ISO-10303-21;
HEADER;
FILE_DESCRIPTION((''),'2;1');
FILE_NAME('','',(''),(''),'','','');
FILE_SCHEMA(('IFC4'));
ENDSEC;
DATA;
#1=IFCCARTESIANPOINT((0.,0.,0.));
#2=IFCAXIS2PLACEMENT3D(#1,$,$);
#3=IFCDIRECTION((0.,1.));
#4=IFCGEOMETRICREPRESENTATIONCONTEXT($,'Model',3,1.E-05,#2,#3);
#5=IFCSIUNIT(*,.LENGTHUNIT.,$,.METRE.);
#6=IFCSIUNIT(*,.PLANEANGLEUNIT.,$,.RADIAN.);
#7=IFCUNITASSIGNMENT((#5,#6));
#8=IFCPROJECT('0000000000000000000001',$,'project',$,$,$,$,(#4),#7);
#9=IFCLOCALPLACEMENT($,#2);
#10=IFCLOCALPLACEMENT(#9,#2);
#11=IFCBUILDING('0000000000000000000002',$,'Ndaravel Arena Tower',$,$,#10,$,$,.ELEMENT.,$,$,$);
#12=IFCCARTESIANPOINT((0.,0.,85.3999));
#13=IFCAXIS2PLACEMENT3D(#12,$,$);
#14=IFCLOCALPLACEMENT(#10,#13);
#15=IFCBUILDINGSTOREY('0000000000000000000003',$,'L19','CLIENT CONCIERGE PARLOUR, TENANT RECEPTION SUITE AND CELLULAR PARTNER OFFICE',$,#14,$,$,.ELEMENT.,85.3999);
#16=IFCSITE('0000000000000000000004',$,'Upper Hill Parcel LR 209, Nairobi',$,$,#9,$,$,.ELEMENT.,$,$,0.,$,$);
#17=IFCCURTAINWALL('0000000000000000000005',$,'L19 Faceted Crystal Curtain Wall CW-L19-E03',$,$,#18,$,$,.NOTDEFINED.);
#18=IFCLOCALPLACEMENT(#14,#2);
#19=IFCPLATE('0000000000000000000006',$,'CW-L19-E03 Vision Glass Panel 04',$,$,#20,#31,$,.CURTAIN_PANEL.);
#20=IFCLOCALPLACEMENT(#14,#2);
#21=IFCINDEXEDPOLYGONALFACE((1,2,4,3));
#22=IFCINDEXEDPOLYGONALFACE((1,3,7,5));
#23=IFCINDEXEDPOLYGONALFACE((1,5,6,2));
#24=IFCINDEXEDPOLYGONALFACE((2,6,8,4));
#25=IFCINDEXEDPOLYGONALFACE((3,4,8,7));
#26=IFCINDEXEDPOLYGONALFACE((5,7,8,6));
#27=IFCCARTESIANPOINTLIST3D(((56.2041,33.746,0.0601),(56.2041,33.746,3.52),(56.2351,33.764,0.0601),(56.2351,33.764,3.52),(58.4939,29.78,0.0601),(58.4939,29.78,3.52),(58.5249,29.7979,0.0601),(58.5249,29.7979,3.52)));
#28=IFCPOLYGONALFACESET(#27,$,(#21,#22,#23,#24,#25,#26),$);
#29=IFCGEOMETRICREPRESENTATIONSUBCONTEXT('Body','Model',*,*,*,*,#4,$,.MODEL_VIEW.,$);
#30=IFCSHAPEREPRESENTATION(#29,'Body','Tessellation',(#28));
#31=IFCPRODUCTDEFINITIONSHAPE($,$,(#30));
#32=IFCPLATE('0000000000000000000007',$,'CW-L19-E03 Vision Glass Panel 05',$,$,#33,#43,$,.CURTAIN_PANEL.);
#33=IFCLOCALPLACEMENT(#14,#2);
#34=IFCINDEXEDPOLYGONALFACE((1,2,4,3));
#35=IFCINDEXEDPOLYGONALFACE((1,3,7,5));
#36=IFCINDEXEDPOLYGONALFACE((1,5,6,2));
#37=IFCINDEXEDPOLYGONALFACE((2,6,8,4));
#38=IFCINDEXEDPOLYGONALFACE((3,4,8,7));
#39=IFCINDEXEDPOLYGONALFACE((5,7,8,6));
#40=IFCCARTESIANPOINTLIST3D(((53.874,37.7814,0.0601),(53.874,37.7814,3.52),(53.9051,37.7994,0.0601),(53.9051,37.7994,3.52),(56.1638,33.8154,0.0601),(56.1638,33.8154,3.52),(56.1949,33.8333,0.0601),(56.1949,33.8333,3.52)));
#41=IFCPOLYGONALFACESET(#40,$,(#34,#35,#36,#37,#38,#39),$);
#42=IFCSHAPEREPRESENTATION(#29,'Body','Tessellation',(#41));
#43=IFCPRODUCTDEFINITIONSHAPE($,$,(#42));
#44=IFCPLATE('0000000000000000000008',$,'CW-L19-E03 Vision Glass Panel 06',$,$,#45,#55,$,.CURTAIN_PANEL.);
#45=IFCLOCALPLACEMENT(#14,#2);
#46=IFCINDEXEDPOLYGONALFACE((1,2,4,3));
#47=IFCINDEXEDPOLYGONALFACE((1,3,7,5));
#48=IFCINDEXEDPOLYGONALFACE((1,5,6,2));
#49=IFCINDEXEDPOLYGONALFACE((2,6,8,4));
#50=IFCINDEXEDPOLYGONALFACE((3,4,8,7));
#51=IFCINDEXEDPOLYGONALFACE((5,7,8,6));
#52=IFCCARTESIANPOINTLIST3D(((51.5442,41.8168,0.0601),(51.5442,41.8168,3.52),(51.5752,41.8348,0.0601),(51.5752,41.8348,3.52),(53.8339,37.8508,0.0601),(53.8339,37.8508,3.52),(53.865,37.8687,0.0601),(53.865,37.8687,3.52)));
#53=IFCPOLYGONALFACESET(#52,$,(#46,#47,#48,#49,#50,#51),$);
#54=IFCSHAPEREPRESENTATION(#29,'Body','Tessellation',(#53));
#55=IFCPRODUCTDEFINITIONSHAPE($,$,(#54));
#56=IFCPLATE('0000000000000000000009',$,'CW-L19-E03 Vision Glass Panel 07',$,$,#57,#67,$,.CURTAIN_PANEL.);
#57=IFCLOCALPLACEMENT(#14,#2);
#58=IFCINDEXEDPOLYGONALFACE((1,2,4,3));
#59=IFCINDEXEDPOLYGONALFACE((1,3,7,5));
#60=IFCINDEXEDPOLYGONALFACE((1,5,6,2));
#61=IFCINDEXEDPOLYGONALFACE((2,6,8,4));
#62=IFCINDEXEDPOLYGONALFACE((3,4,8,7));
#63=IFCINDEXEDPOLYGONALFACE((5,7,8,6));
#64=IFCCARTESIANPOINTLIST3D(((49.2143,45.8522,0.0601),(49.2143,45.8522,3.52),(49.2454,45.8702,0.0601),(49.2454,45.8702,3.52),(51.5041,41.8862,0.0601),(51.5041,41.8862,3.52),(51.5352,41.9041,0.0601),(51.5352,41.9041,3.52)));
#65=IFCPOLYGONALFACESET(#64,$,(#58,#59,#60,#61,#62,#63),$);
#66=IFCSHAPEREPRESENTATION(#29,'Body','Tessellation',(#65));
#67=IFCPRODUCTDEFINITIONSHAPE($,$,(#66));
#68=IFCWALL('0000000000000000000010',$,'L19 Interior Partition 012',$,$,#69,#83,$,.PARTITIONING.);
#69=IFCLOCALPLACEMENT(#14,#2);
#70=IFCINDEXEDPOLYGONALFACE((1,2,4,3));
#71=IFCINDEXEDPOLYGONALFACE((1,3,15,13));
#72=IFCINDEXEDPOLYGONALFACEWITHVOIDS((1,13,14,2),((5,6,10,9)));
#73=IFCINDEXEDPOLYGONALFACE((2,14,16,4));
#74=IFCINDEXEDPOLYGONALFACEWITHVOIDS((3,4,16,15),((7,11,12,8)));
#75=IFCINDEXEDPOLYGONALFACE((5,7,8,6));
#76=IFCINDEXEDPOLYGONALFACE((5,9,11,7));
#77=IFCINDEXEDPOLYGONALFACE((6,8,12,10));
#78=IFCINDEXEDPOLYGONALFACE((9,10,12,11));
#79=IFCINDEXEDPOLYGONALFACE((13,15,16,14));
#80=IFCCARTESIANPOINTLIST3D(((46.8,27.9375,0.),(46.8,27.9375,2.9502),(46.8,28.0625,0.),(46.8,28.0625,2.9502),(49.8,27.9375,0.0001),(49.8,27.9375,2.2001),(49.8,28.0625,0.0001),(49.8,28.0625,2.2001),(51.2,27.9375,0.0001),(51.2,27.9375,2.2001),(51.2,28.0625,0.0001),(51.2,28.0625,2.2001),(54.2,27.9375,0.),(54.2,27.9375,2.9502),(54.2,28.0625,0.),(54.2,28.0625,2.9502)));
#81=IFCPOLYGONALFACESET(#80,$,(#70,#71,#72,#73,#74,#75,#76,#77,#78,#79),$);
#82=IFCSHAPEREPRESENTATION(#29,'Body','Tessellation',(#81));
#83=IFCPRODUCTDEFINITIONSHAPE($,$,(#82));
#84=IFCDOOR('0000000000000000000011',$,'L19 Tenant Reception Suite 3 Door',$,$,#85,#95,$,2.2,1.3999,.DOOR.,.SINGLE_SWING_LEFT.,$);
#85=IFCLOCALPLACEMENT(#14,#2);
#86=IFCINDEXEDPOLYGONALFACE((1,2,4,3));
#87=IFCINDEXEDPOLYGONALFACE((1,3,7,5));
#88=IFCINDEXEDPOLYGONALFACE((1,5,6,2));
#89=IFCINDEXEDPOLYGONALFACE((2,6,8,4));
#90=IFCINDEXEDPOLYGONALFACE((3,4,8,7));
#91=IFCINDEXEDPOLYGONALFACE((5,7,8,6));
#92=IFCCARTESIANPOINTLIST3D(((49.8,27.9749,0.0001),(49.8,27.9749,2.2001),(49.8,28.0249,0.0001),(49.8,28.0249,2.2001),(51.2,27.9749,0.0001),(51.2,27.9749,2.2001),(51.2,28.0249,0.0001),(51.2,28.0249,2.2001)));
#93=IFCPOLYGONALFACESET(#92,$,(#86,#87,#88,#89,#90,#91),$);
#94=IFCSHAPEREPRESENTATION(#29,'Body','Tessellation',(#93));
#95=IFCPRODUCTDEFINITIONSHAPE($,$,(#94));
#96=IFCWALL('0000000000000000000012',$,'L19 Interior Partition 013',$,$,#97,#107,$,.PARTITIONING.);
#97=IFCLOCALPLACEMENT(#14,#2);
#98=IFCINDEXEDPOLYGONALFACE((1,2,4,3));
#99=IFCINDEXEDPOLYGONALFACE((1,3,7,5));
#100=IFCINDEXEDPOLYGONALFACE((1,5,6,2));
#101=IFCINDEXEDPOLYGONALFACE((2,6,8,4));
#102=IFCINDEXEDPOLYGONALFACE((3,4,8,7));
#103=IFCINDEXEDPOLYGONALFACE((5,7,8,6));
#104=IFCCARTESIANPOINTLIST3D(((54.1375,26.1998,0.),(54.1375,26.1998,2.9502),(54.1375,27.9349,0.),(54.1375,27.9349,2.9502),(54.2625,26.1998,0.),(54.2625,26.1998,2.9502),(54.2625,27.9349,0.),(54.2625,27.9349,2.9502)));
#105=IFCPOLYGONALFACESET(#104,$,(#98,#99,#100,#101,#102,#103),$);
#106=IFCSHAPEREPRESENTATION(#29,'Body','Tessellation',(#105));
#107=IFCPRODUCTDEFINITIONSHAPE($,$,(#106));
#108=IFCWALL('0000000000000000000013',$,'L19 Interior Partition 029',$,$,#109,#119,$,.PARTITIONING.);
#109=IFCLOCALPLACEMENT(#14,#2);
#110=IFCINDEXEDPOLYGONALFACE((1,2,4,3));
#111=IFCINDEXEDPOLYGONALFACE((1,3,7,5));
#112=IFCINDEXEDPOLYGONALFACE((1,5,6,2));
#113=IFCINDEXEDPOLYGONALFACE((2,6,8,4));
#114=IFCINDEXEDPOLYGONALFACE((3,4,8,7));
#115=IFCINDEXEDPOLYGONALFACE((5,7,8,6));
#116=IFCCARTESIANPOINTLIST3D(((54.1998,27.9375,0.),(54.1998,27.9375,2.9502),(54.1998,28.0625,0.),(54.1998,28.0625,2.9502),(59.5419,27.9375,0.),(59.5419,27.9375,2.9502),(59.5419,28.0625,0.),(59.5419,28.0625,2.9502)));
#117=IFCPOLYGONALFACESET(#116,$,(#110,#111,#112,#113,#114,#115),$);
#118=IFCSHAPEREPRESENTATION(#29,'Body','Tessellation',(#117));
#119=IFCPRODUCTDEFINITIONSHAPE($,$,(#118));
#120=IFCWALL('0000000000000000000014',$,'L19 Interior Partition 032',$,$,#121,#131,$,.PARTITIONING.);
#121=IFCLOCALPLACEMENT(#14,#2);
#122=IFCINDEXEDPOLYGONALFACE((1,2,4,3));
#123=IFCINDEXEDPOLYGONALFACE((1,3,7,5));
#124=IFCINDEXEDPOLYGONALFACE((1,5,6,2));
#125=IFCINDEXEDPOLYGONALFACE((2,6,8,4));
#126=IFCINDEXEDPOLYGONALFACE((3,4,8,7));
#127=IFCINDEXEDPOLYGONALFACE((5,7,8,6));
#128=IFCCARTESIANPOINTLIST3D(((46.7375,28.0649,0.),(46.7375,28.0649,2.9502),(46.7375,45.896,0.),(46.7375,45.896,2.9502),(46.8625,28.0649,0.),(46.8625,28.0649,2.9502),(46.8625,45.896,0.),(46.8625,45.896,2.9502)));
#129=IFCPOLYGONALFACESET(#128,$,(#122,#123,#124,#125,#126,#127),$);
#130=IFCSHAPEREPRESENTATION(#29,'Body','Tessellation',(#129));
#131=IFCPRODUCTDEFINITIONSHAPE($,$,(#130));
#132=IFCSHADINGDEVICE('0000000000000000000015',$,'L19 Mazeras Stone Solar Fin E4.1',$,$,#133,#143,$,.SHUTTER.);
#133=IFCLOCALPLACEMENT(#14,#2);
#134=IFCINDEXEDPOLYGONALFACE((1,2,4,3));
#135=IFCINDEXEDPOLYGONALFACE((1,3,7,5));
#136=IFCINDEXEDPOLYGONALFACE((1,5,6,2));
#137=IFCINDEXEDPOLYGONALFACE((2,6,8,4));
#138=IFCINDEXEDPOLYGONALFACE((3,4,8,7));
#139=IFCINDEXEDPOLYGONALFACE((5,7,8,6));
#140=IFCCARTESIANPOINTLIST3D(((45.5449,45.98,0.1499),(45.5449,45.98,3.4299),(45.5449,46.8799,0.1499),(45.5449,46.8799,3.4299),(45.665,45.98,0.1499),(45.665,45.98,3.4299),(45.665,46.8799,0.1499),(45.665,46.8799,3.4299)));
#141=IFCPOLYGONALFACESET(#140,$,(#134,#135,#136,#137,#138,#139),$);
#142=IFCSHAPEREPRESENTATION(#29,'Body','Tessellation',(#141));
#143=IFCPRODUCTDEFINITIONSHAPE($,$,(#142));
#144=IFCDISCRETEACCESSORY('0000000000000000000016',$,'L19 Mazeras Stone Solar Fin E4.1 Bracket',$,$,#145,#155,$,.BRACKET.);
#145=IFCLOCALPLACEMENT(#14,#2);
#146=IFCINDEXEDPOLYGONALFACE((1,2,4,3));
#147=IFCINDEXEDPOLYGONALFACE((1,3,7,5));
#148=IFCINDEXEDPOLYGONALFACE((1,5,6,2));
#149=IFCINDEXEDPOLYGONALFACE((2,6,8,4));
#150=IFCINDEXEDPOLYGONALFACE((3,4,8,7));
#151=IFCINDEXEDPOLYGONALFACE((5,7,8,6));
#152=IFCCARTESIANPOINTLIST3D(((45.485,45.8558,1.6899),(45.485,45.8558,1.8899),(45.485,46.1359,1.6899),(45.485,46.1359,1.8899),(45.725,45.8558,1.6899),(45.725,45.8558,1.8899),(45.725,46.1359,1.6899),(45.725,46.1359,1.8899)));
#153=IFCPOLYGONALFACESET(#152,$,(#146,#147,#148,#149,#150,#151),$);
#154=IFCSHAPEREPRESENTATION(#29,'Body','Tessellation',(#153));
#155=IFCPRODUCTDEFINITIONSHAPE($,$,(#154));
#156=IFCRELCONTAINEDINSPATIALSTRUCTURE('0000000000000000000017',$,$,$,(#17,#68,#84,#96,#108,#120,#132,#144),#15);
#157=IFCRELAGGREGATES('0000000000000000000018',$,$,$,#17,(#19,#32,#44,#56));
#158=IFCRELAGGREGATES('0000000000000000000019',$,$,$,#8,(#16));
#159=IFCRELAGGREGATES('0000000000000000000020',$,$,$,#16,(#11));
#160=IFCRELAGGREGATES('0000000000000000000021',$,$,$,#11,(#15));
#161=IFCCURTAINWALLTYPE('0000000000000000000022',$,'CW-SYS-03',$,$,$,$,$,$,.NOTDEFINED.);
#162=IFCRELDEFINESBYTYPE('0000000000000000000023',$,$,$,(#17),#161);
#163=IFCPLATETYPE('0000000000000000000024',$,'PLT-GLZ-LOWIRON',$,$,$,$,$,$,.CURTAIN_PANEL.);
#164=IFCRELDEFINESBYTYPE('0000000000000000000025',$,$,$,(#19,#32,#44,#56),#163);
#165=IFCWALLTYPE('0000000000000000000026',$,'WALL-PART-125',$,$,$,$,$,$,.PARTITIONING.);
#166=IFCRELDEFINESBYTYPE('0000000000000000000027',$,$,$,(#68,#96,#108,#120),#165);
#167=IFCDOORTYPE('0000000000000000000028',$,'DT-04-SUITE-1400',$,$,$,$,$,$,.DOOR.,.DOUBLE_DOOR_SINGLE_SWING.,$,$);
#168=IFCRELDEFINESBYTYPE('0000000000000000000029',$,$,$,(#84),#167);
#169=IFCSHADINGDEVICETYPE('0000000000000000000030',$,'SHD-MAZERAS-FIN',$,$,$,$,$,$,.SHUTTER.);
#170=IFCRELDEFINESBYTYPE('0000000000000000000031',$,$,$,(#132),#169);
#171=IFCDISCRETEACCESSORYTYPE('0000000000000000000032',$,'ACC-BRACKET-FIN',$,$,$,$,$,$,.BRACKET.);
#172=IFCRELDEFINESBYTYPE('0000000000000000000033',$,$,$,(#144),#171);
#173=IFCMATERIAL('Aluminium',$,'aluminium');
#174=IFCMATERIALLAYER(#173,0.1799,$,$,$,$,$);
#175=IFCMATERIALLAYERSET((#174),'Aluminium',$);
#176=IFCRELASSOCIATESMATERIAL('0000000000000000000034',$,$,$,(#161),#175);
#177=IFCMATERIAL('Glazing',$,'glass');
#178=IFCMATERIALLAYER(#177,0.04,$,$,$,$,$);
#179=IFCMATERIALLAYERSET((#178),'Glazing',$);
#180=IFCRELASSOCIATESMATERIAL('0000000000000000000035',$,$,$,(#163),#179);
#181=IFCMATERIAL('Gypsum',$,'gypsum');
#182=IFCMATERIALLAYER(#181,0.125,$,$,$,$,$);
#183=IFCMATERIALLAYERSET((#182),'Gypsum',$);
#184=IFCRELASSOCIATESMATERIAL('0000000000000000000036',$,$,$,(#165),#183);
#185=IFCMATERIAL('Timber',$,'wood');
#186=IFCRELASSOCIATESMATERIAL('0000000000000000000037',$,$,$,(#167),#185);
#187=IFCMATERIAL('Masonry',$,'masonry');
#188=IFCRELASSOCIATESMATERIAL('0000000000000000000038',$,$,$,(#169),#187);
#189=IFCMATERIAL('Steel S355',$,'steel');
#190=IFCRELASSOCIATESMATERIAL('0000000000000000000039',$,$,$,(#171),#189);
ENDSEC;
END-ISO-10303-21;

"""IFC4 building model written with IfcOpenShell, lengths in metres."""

from ifc_helpers import new_model, si_unit, direction, frame, frame_2d, origin, origin_2d, place, context, subcontext, project, spatial, rectangle, extrude, material, layer, layer_set, type_object, element, fill, aggregate, save


model = new_model("IFC4")

# Units and contexts
model_context = context("Model", 3, precision=1e-05, world=origin(), true_north=direction((0.0, 1.0)))
body_context = subcontext(model_context, "Body", "Model", "MODEL_VIEW")
ifc_project = project(units=[si_unit("LENGTHUNIT", "METRE"), si_unit("PLANEANGLEUNIT", "RADIAN")], contexts=[model_context])

# Site, building, storey
site_placement = place(None, origin())
site = spatial("IfcSite", under=ifc_project, at=site_placement, Name="Upper Hill Parcel LR 209, Nairobi", CompositionType="ELEMENT", RefElevation=0.0)
building_placement = place(site_placement, origin())
building = spatial("IfcBuilding", under=site, at=building_placement, Name="Ndaravel Arena Tower", CompositionType="ELEMENT")
storey_placement = place(building_placement, frame((0.0, 0.0, 85.3999)))
storey = spatial("IfcBuildingStorey", under=building, at=storey_placement, Name="L19", Description="CLIENT CONCIERGE PARLOUR, TENANT RECEPTION SUITE AND CELLULAR PARTNER OFFICE", CompositionType="ELEMENT", Elevation=85.3999)

# Curtain wall
ifc_material_1 = material(Name="Aluminium", Category="aluminium")
ifc_layer_1 = layer(ifc_material_1, 0.1799)
ifc_layer_set_1 = layer_set([ifc_layer_1], Name="Aluminium")
curtain_wall_type_1 = type_object("IfcCurtainWallType", Name="CW-SYS-03", PredefinedType="NOTDEFINED", material=ifc_layer_set_1)
curtain_wall_1_placement = place(storey_placement, origin())
curtain_wall_1 = element("IfcCurtainWall", 1, at=curtain_wall_1_placement, inside=storey, type_object=curtain_wall_type_1, Name="L19 Faceted Crystal Curtain Wall CW-L19-E03", PredefinedType="NOTDEFINED")

# Plates
ifc_material_2 = material(Name="Glazing", Category="glass")
ifc_layer_2 = layer(ifc_material_2, 0.04)
ifc_layer_set_2 = layer_set([ifc_layer_2], Name="Glazing")
plate_type_1 = type_object("IfcPlateType", Name="PLT-GLZ-LOWIRON", PredefinedType="CURTAIN_PANEL", material=ifc_layer_set_2)
plate_1_placement = place(storey_placement, frame((57.3645, 31.772, 0.0601), z_axis=(0.0, 0.0, 1.0), x_axis=(-0.5, 0.866025, 0.0)))
plate_1 = element("IfcPlate", 2, at=plate_1_placement, type_object=plate_type_1, Name="CW-L19-E03 Vision Glass Panel 04", PredefinedType="CURTAIN_PANEL", context=body_context, shape_type="SweptSolid", body=[
    extrude(rectangle(XDim=4.5796, YDim=0.0359, at=origin_2d()), origin(), (0.0, 0.0, 1.0), 3.46),
])
plate_2_placement = place(storey_placement, frame((55.0344, 35.8074, 0.0601), z_axis=(0.0, 0.0, 1.0), x_axis=(-0.5, 0.866025, 0.0)))
plate_2 = element("IfcPlate", 3, at=plate_2_placement, type_object=plate_type_1, Name="CW-L19-E03 Vision Glass Panel 05", PredefinedType="CURTAIN_PANEL", context=body_context, shape_type="SweptSolid", body=[
    extrude(rectangle(XDim=4.5796, YDim=0.0359, at=origin_2d()), origin(), (0.0, 0.0, 1.0), 3.46),
])
plate_3_placement = place(storey_placement, frame((52.7046, 39.8428, 0.0601), z_axis=(0.0, 0.0, 1.0), x_axis=(-0.5, 0.866025, 0.0)))
plate_3 = element("IfcPlate", 4, at=plate_3_placement, type_object=plate_type_1, Name="CW-L19-E03 Vision Glass Panel 06", PredefinedType="CURTAIN_PANEL", context=body_context, shape_type="SweptSolid", body=[
    extrude(rectangle(XDim=4.5796, YDim=0.0359, at=origin_2d()), origin(), (0.0, 0.0, 1.0), 3.46),
])
plate_4_placement = place(storey_placement, frame((50.3748, 43.8782, 0.0601), z_axis=(0.0, 0.0, 1.0), x_axis=(-0.5, 0.866025, 0.0)))
plate_4 = element("IfcPlate", 5, at=plate_4_placement, type_object=plate_type_1, Name="CW-L19-E03 Vision Glass Panel 07", PredefinedType="CURTAIN_PANEL", context=body_context, shape_type="SweptSolid", body=[
    extrude(rectangle(XDim=4.5796, YDim=0.0359, at=origin_2d()), origin(), (0.0, 0.0, 1.0), 3.46),
])
aggregate(curtain_wall_1, [plate_1, plate_2, plate_3, plate_4])

# Wall, opening, door
ifc_material_3 = material(Name="Gypsum", Category="gypsum")
ifc_layer_3 = layer(ifc_material_3, 0.125)
ifc_layer_set_3 = layer_set([ifc_layer_3], Name="Gypsum")
wall_type = type_object("IfcWallType", Name="WALL-PART-125", PredefinedType="PARTITIONING", material=ifc_layer_set_3)
wall_1_placement = place(storey_placement, frame((46.8, 28.0, 0.0), z_axis=(0.0, 0.0, 1.0), x_axis=(1.0, 0.0, 0.0)))
wall_1 = element("IfcWall", 6, at=wall_1_placement, inside=storey, type_object=wall_type, Name="L19 Interior Partition 012", PredefinedType="PARTITIONING", context=body_context, shape_type="SweptSolid", body=[
    extrude(rectangle(XDim=7.3999, YDim=0.125, at=frame_2d((3.7, 0.0))), origin(), (0.0, 0.0, 1.0), 2.9502),
])
opening_placement = place(wall_1_placement, frame((3.0, 0.0, 0.0)))
opening = element("IfcOpeningElement", 7, at=opening_placement, cuts=wall_1, PredefinedType="OPENING", context=body_context, shape_type="SweptSolid", body=[
    extrude(rectangle(XDim=1.3999, YDim=2.2, at=frame_2d((0.7, 1.1001))), frame((0.0, 0.0625, 0.0), z_axis=(0.0, -1.0, 0.0), x_axis=(1.0, 0.0, 0.0)), (0.0, 0.0, 1.0), 0.125),
])
ifc_material_4 = material(Name="Timber", Category="wood")
door_type = type_object("IfcDoorType", Name="DT-04-SUITE-1400", OperationType="DOUBLE_DOOR_SINGLE_SWING", PredefinedType="DOOR", material=ifc_material_4)
door_placement = place(opening_placement, origin())
door = element("IfcDoor", 8, at=door_placement, inside=storey, type_object=door_type, Name="L19 Tenant Reception Suite 3 Door", OperationType="SINGLE_SWING_LEFT", OverallHeight=2.2, OverallWidth=1.3999, PredefinedType="DOOR", context=body_context, shape_type="SweptSolid", body=[
    extrude(rectangle(XDim=1.3999, YDim=2.2, at=frame_2d((0.7, 1.1001))), frame((0.0, 0.0249, 0.0), z_axis=(0.0, -1.0, 0.0), x_axis=(1.0, 0.0, 0.0)), (0.0, 0.0, 1.0), 0.05),
])
fill(opening, door)

# Walls
wall_2_placement = place(storey_placement, frame((54.2, 27.9351, 0.0), z_axis=(0.0, 0.0, 1.0), x_axis=(0.0, -1.0, 0.0)))
element("IfcWall", 9, at=wall_2_placement, inside=storey, type_object=wall_type, Name="L19 Interior Partition 013", PredefinedType="PARTITIONING", context=body_context, shape_type="SweptSolid", body=[
    extrude(rectangle(XDim=1.7351, YDim=0.125, at=frame_2d((0.8677, 0.0))), origin(), (0.0, 0.0, 1.0), 2.9502),
])
wall_3_placement = place(storey_placement, frame((54.2, 28.0, 0.0), z_axis=(0.0, 0.0, 1.0), x_axis=(1.0, 0.0, 0.0)))
element("IfcWall", 10, at=wall_3_placement, inside=storey, type_object=wall_type, Name="L19 Interior Partition 029", PredefinedType="PARTITIONING", context=body_context, shape_type="SweptSolid", body=[
    extrude(rectangle(XDim=5.342, YDim=0.125, at=frame_2d((2.6709, 0.0))), origin(), (0.0, 0.0, 1.0), 2.9502),
])
wall_4_placement = place(storey_placement, frame((46.8, 28.0649, 0.0), z_axis=(0.0, 0.0, 1.0), x_axis=(0.0, 1.0, 0.0)))
element("IfcWall", 11, at=wall_4_placement, inside=storey, type_object=wall_type, Name="L19 Interior Partition 032", PredefinedType="PARTITIONING", context=body_context, shape_type="SweptSolid", body=[
    extrude(rectangle(XDim=17.8311, YDim=0.125, at=frame_2d((8.9155, 0.0))), origin(), (0.0, 0.0, 1.0), 2.9502),
])

# Shading device
ifc_material_5 = material(Name="Masonry", Category="masonry")
shading_device_type = type_object("IfcShadingDeviceType", Name="SHD-MAZERAS-FIN", PredefinedType="SHUTTER", material=ifc_material_5)
shading_device_placement = place(storey_placement, frame((45.605, 46.4299, 0.1499), z_axis=(0.0, 0.0, 1.0), x_axis=(0.0, 1.0, 0.0)))
element("IfcShadingDevice", 12, at=shading_device_placement, inside=storey, type_object=shading_device_type, Name="L19 Mazeras Stone Solar Fin E4.1", PredefinedType="SHUTTER", context=body_context, shape_type="SweptSolid", body=[
    extrude(rectangle(XDim=0.8999, YDim=0.1201, at=origin_2d()), origin(), (0.0, 0.0, 1.0), 3.28),
])

# Discrete accessory
ifc_material_6 = material(Name="Steel S355", Category="steel")
discrete_accessory_type = type_object("IfcDiscreteAccessoryType", Name="ACC-BRACKET-FIN", PredefinedType="BRACKET", material=ifc_material_6)
discrete_accessory_placement = place(storey_placement, frame((45.605, 45.9958, 1.6899), z_axis=(0.0, 0.0, 1.0), x_axis=(0.0, 1.0, 0.0)))
element("IfcDiscreteAccessory", 13, at=discrete_accessory_placement, inside=storey, type_object=discrete_accessory_type, Name="L19 Mazeras Stone Solar Fin E4.1 Bracket", PredefinedType="BRACKET", context=body_context, shape_type="SweptSolid", body=[
    extrude(rectangle(XDim=0.28, YDim=0.24, at=origin_2d()), origin(), (0.0, 0.0, 1.0), 0.2),
])

save(model, "model.ifc")
